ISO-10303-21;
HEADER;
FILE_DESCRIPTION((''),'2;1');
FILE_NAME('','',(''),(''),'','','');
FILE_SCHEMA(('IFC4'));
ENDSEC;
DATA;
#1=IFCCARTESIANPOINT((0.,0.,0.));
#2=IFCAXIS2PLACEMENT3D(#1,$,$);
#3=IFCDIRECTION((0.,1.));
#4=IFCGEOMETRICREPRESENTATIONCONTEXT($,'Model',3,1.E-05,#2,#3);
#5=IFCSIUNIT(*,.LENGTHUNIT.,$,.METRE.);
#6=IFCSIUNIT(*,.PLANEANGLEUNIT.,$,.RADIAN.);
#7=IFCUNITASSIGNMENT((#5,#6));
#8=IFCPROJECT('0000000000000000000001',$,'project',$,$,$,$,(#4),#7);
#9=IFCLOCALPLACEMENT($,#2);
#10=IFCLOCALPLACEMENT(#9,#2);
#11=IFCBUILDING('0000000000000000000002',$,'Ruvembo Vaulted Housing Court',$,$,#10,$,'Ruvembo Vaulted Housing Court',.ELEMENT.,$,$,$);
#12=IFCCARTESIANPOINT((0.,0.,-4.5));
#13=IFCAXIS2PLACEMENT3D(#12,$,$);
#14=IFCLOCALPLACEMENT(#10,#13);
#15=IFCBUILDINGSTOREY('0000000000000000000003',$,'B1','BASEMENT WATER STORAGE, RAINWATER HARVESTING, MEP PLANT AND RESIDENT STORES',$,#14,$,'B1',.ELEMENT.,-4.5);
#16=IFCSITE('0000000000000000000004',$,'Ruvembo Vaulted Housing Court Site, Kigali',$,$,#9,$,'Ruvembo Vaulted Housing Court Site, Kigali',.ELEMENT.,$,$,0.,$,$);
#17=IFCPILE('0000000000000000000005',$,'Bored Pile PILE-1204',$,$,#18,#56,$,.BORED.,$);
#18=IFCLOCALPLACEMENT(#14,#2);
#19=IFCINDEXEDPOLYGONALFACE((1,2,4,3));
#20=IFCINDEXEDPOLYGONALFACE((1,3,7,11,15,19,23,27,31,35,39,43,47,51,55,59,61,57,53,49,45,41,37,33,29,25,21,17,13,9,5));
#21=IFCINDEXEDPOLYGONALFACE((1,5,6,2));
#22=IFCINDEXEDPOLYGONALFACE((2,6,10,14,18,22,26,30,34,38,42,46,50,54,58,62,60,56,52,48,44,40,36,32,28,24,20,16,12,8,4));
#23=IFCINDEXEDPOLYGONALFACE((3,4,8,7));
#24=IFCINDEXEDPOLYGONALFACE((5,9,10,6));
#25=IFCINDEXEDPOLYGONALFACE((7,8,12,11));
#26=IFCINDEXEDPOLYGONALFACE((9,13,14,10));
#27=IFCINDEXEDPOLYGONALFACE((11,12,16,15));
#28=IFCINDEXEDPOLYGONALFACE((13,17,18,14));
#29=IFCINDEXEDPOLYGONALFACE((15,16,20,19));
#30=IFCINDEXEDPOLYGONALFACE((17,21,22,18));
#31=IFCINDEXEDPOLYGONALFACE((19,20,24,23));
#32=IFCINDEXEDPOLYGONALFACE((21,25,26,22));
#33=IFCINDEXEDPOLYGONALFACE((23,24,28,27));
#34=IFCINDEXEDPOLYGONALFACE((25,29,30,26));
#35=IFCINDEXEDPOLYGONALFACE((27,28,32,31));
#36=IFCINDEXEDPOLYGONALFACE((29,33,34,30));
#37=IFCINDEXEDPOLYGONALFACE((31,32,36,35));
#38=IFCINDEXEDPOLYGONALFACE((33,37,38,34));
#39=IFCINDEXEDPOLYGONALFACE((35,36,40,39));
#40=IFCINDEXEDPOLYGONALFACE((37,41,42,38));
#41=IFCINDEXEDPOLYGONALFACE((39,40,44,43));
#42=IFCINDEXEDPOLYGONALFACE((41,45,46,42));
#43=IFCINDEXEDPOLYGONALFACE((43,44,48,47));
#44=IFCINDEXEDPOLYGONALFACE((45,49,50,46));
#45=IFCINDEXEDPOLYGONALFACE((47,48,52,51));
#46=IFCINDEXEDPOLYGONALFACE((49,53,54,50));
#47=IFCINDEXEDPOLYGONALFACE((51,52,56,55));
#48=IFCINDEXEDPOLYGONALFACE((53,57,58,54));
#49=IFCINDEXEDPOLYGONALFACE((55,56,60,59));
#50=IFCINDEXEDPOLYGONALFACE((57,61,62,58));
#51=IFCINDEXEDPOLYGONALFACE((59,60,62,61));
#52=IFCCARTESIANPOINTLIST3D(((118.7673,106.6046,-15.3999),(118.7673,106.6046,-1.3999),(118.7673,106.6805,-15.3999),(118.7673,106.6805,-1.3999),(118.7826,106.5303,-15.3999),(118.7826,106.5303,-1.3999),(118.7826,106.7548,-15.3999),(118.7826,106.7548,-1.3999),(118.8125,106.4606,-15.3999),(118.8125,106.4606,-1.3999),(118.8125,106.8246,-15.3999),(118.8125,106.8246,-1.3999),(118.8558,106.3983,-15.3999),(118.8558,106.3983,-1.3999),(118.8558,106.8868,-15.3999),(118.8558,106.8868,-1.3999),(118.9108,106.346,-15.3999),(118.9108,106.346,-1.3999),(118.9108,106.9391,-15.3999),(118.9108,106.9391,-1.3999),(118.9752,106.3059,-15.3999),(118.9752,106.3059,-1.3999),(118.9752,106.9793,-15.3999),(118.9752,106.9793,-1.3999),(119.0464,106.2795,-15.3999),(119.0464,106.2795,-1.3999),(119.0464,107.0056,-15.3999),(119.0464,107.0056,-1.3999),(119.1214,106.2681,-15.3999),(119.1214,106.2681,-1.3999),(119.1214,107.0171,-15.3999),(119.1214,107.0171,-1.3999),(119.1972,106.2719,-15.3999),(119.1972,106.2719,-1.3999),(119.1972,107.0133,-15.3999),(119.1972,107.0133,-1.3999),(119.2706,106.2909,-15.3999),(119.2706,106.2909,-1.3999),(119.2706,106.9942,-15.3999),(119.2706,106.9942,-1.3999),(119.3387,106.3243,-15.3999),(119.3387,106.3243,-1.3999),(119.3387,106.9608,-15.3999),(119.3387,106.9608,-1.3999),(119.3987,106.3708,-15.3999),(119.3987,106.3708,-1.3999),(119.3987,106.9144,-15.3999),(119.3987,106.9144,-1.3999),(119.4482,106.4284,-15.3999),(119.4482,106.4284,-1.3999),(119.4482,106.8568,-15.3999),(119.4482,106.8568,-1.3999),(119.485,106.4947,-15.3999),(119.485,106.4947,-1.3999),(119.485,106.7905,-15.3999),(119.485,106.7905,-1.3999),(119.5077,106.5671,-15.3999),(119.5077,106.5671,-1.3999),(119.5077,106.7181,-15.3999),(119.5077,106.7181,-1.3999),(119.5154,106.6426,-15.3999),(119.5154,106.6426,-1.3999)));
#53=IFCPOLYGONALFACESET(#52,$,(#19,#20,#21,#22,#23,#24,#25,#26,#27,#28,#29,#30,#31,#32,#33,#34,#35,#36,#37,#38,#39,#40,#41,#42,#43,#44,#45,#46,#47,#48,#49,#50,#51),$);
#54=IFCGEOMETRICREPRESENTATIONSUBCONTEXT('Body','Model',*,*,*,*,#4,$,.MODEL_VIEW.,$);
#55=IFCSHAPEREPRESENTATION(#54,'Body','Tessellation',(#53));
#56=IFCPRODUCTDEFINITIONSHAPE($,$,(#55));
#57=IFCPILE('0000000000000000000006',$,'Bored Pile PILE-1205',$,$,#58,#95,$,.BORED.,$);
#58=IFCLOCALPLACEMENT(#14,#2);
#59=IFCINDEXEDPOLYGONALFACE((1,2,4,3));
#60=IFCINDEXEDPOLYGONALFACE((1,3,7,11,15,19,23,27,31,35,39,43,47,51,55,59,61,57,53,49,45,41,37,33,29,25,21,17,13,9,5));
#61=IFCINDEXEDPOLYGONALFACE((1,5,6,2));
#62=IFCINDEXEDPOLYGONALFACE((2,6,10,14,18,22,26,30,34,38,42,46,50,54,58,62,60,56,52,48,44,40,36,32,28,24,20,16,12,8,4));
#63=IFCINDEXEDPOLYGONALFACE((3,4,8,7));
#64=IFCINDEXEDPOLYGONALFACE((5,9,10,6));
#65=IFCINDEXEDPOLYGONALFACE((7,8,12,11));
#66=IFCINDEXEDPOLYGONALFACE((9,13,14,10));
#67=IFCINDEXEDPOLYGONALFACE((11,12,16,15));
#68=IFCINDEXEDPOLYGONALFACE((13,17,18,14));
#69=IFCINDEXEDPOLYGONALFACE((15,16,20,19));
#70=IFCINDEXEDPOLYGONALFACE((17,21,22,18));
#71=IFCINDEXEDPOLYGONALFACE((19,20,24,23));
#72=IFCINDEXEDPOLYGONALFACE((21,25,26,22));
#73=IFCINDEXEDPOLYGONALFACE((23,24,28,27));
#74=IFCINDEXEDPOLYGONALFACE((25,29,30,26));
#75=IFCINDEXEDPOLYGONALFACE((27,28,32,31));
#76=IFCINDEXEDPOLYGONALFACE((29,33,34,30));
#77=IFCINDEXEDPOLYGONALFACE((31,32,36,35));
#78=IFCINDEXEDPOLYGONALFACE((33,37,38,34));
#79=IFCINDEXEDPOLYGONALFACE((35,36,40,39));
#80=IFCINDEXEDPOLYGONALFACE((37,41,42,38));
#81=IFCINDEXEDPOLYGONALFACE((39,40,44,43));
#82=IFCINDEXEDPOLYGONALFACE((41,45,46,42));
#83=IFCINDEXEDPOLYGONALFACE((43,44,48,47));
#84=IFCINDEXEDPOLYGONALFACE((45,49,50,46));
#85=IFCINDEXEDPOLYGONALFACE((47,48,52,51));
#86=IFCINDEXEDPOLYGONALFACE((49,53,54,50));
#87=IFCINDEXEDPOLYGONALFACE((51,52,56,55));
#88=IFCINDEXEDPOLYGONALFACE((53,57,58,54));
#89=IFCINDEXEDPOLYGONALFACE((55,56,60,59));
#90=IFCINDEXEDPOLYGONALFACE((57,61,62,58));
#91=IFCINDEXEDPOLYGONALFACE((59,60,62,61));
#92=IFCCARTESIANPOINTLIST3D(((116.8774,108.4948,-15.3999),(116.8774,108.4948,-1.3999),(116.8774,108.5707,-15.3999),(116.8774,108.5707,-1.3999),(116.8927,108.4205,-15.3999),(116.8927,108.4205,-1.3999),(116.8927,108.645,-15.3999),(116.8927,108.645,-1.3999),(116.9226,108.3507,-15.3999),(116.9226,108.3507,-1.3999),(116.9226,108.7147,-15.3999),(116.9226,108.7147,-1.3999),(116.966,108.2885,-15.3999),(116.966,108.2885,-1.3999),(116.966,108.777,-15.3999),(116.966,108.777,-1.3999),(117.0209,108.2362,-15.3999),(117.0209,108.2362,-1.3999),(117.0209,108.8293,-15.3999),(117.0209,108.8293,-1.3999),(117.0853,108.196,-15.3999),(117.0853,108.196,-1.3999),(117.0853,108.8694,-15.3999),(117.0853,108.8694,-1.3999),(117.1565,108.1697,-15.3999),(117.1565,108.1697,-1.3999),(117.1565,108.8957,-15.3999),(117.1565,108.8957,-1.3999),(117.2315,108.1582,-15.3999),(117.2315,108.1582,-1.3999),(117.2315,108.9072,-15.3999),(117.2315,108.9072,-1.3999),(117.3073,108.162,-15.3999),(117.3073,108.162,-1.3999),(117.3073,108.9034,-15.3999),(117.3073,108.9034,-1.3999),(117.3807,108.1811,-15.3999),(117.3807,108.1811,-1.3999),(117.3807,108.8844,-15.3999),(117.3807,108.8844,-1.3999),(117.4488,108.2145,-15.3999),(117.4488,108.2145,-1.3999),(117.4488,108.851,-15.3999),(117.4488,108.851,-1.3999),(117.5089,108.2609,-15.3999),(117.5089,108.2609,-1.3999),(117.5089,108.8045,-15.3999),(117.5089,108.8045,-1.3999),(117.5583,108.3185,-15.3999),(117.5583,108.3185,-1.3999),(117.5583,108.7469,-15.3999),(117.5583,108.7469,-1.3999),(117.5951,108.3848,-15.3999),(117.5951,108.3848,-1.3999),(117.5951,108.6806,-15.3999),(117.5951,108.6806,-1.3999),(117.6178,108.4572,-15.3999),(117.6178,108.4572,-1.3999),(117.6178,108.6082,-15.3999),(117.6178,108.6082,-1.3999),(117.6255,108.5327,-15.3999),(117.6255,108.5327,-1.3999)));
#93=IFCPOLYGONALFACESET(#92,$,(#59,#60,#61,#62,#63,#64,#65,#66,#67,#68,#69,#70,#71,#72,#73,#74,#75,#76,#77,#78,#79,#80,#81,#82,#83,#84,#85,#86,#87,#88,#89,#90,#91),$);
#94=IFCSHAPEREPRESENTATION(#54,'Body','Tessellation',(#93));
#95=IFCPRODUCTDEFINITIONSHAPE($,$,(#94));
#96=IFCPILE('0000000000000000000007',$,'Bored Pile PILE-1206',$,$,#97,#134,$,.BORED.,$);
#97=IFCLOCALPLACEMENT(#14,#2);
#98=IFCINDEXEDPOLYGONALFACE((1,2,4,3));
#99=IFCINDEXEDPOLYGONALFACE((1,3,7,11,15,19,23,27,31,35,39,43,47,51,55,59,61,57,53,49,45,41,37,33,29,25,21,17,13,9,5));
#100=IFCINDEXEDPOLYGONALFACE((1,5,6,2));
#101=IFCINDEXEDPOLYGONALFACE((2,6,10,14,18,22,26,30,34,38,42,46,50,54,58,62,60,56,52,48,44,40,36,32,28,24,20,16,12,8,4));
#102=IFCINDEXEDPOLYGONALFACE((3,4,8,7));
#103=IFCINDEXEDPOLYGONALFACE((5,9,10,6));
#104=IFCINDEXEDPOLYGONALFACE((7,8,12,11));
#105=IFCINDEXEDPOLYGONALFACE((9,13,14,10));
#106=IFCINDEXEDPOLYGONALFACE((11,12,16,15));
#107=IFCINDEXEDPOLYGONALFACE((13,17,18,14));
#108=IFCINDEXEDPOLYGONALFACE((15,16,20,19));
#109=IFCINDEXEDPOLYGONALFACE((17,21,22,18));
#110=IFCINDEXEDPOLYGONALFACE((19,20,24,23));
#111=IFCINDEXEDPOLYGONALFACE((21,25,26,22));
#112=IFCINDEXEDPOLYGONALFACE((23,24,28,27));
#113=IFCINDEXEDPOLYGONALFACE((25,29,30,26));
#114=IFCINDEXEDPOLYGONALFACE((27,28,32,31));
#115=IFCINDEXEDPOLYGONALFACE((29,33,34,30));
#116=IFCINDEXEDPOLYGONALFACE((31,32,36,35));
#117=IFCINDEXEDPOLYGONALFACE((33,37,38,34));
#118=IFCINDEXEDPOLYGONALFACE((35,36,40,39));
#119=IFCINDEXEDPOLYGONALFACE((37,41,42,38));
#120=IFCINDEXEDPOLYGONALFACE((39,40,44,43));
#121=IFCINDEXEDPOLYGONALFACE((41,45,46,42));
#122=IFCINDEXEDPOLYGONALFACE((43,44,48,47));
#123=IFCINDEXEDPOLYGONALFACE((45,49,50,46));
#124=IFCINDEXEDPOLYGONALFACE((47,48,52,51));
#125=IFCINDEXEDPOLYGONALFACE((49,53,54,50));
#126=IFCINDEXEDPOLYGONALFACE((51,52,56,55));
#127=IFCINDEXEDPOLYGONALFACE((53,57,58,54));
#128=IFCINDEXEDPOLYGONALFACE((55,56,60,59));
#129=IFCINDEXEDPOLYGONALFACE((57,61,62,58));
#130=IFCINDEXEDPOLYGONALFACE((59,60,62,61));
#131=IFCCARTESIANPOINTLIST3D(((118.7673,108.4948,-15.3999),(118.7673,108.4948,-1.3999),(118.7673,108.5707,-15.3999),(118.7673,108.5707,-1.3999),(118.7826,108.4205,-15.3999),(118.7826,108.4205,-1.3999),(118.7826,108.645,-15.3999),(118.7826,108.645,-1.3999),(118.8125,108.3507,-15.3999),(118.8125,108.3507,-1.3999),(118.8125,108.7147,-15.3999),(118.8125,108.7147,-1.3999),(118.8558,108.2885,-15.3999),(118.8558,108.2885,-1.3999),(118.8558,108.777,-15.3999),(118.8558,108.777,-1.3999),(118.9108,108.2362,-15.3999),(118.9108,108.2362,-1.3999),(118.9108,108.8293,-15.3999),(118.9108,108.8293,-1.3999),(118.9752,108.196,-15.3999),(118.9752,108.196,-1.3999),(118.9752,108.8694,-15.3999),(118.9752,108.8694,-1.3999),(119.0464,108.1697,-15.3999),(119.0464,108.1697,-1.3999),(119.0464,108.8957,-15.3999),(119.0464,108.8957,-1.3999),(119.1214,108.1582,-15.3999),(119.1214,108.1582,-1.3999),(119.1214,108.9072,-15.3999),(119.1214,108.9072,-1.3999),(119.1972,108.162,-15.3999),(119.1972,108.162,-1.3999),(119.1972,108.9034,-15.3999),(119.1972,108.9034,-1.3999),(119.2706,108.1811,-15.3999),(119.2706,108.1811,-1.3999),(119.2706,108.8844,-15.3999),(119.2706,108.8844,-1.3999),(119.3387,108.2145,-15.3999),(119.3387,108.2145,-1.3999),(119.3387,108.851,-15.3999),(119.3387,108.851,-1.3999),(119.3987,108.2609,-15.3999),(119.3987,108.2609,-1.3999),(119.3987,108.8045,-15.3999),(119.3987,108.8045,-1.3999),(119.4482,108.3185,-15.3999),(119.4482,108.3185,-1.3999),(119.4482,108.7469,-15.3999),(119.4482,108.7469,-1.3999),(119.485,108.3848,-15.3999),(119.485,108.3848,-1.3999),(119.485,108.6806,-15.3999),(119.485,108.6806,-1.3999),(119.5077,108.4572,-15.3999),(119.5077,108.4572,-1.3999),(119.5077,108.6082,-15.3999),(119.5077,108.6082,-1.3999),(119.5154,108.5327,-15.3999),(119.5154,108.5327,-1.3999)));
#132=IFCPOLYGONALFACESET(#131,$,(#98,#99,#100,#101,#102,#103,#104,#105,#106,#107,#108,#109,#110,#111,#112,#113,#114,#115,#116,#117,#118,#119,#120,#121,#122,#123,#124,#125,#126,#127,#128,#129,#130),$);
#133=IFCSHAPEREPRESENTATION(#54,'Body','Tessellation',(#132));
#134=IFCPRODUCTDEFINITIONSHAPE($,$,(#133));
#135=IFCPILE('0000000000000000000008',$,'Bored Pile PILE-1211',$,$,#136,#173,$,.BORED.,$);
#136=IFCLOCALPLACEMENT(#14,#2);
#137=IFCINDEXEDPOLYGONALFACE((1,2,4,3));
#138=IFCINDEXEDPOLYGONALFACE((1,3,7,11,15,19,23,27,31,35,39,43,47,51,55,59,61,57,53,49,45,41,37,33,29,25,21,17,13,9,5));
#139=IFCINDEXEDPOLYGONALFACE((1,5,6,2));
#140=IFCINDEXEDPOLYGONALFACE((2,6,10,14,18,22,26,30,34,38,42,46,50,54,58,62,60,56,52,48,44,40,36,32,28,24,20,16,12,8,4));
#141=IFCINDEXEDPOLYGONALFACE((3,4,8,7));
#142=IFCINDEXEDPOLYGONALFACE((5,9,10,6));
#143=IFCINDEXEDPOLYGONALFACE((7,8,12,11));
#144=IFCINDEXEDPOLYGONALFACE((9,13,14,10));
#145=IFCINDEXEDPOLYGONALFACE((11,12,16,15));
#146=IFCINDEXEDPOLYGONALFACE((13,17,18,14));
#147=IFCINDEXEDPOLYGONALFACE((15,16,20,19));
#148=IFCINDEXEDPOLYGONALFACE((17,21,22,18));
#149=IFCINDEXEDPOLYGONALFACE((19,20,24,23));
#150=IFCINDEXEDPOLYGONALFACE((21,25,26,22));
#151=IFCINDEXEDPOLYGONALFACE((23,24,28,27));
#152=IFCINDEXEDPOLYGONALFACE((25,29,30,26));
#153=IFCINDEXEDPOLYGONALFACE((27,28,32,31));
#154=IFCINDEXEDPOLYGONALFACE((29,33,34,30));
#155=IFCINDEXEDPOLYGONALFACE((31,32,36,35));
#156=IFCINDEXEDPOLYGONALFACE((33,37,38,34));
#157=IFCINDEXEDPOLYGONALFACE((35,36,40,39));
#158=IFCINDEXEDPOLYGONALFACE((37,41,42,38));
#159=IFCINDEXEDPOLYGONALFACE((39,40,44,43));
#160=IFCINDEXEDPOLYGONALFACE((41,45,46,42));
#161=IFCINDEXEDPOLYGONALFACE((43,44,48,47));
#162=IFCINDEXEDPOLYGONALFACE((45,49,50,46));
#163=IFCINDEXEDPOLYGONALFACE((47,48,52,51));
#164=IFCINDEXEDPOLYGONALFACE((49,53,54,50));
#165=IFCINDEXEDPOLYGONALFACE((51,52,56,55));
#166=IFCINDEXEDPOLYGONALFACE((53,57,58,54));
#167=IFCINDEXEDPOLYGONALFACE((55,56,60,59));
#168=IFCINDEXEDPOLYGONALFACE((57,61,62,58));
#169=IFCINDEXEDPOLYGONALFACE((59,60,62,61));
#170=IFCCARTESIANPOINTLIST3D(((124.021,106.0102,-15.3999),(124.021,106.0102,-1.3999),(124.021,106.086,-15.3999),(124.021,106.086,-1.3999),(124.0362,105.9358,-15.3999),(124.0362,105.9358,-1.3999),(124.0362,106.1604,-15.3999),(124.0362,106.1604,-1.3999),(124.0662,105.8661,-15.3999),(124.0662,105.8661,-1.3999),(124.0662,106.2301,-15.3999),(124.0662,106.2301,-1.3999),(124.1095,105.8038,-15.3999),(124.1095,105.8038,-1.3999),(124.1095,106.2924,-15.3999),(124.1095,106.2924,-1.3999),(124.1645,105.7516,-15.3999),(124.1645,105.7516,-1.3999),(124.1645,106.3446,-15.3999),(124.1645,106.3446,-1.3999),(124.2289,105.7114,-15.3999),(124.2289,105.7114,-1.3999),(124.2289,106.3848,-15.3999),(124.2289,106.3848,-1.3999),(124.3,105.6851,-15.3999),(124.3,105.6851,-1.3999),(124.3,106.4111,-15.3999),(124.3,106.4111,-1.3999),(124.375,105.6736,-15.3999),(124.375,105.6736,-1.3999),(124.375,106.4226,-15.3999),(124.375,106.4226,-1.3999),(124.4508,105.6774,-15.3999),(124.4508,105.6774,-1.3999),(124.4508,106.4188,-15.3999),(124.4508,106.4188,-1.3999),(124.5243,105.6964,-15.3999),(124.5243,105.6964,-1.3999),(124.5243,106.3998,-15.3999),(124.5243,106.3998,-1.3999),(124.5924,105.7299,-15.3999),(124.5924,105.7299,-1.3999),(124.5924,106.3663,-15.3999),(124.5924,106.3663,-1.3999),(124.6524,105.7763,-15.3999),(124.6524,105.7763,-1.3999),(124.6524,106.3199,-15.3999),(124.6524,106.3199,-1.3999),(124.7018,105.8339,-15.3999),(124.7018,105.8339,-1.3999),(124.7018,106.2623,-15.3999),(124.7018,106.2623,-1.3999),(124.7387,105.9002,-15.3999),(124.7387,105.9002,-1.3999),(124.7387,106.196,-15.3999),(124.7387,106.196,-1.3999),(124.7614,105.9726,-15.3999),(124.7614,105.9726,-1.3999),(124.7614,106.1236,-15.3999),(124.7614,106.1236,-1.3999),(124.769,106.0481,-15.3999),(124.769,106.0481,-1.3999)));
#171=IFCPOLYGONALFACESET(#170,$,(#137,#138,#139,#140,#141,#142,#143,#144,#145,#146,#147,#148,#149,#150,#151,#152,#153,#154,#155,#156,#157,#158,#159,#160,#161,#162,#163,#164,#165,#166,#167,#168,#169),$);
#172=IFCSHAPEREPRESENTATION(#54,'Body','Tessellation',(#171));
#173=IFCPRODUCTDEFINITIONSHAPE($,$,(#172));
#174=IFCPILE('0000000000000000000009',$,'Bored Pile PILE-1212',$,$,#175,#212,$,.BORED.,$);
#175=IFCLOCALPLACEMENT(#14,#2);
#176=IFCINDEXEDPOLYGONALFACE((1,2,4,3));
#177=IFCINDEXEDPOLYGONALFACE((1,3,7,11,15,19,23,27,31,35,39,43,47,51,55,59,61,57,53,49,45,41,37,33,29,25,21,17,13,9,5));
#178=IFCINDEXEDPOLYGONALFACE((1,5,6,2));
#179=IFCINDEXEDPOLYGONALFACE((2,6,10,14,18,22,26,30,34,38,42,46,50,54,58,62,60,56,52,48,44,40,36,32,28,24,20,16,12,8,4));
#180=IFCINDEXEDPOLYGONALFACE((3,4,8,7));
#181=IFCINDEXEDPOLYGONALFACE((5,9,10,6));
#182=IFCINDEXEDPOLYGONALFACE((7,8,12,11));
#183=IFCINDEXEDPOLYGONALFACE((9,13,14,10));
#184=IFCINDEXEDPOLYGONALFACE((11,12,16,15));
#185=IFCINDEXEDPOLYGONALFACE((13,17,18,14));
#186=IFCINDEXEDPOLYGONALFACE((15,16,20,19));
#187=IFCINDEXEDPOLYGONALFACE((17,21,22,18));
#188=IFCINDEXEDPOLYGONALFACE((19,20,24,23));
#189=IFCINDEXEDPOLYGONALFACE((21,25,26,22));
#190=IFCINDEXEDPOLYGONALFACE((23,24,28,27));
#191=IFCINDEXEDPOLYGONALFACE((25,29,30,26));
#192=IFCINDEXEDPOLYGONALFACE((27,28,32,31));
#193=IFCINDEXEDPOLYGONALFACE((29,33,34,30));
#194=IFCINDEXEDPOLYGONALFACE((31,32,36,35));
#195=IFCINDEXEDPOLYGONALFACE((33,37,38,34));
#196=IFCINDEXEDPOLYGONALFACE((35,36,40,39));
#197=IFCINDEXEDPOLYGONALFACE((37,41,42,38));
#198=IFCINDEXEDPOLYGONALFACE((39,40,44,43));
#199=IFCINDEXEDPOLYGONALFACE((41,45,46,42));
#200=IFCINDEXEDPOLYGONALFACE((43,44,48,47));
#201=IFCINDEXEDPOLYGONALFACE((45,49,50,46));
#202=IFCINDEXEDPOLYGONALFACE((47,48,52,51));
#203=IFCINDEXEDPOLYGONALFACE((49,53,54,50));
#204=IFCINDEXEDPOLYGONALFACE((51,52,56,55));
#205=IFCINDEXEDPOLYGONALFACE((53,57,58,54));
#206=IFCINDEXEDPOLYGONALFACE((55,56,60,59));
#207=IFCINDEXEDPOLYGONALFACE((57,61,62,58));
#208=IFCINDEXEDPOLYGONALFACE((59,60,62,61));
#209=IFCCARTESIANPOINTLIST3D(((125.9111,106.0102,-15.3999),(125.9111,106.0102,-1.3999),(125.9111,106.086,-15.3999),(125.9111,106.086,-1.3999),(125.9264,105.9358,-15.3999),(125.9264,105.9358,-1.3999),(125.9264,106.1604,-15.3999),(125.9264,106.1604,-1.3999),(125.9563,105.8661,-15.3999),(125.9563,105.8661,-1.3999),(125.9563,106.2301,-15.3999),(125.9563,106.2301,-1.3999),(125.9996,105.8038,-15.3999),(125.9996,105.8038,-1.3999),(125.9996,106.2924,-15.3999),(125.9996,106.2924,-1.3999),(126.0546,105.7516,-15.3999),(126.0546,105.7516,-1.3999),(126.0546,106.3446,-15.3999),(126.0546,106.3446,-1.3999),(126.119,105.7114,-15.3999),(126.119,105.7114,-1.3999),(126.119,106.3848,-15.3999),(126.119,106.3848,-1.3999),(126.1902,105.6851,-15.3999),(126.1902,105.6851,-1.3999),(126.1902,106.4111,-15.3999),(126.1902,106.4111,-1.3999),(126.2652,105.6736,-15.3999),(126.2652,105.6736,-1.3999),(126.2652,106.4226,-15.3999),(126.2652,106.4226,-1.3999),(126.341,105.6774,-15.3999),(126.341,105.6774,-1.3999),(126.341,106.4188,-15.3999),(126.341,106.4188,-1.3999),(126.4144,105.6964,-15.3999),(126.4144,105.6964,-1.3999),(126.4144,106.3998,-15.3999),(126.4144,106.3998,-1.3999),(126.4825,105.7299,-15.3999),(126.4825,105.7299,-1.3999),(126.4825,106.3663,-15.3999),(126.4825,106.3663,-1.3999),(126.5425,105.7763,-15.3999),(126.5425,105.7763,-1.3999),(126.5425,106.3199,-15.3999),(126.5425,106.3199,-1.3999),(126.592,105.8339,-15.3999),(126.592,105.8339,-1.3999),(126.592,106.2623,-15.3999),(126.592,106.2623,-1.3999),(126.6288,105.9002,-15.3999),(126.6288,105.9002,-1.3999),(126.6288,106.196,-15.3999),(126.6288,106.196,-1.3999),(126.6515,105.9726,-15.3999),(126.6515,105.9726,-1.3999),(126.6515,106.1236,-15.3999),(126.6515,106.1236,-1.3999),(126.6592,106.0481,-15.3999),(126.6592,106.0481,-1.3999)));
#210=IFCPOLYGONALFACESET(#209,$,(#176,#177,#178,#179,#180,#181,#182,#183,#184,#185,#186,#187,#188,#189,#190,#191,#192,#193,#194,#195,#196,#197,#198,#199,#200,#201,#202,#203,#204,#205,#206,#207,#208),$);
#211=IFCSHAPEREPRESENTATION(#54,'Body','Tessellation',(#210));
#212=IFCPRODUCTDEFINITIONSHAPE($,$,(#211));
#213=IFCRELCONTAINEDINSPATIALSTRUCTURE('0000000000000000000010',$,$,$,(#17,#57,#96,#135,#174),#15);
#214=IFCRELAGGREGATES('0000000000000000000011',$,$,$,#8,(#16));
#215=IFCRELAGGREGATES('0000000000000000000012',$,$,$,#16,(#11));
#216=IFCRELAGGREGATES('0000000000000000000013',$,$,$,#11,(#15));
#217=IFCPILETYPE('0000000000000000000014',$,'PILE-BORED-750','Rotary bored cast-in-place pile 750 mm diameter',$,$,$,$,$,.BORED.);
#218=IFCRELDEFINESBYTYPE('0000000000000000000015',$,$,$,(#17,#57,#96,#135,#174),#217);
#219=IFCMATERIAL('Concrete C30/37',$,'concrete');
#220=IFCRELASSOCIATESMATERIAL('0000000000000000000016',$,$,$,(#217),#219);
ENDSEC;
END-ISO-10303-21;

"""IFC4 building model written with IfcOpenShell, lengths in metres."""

from ifc_helpers import new_model, si_unit, direction, frame, origin, origin_2d, place, context, subcontext, project, spatial, circle, extrude, material, material_profile, profile_set, type_object, element, save


model = new_model("IFC4")

# Units and contexts
model_context = context("Model", 3, precision=1e-05, world=origin(), true_north=direction((0.0, 1.0)))
body_context = subcontext(model_context, "Body", "Model", "MODEL_VIEW")
ifc_project = project(units=[si_unit("LENGTHUNIT", "METRE"), si_unit("PLANEANGLEUNIT", "RADIAN")], contexts=[model_context])

# Site, building, storey
site_placement = place(None, origin())
site = spatial("IfcSite", under=ifc_project, at=site_placement, Name="Ruvembo Vaulted Housing Court Site, Kigali", LongName="Ruvembo Vaulted Housing Court Site, Kigali", CompositionType="ELEMENT", RefElevation=0.0)
building_placement = place(site_placement, origin())
building = spatial("IfcBuilding", under=site, at=building_placement, Name="Ruvembo Vaulted Housing Court", LongName="Ruvembo Vaulted Housing Court", CompositionType="ELEMENT")
storey_placement = place(building_placement, frame((0.0, 0.0, -4.5)))
storey = spatial("IfcBuildingStorey", under=building, at=storey_placement, Name="B1", Description="BASEMENT WATER STORAGE, RAINWATER HARVESTING, MEP PLANT AND RESIDENT STORES", LongName="B1", CompositionType="ELEMENT", Elevation=-4.5)

# Piles
ifc_material_1 = material(Name="Concrete C30/37", Category="concrete")
ifc_material_profile_1 = material_profile(ifc_material_1, circle(Radius=0.375, at=origin_2d()), Name="PILE D750")
ifc_profile_set_1 = profile_set([ifc_material_profile_1], Name="Concrete C30/37")
pile_type = type_object("IfcPileType", Name="PILE-BORED-750", Description="Rotary bored cast-in-place pile 750 mm diameter", PredefinedType="BORED", material=ifc_profile_set_1)
for number, where, z_axis, x_axis, name in (
    (1, (119.1404, 106.6426, -1.3999), (0.0, 0.0, -1.0), (1.0, 0.0, 0.0), "Bored Pile PILE-1204"),
    (2, (117.2505, 108.5327, -1.3999), (0.0, 0.0, -1.0), (1.0, 0.0, 0.0), "Bored Pile PILE-1205"),
    (3, (119.1404, 108.5327, -1.3999), (0.0, 0.0, -1.0), (1.0, 0.0, 0.0), "Bored Pile PILE-1206"),
    (4, (124.394, 106.0481, -1.3999), (0.0, 0.0, -1.0), (1.0, 0.0, 0.0), "Bored Pile PILE-1211"),
    (5, (126.2842, 106.0481, -1.3999), (0.0, 0.0, -1.0), (1.0, 0.0, 0.0), "Bored Pile PILE-1212"),
):
    element("IfcPile", number, at=place(storey_placement, frame(where, z_axis=z_axis, x_axis=x_axis)), inside=storey, type_object=pile_type, Name=name, PredefinedType="BORED", context=body_context, shape_type="SweptSolid", body=[
        extrude(circle(Radius=0.375, at=origin_2d()), origin(), (0.0, 0.0, 1.0), 14.0),
    ])

save(model, "model.ifc")
